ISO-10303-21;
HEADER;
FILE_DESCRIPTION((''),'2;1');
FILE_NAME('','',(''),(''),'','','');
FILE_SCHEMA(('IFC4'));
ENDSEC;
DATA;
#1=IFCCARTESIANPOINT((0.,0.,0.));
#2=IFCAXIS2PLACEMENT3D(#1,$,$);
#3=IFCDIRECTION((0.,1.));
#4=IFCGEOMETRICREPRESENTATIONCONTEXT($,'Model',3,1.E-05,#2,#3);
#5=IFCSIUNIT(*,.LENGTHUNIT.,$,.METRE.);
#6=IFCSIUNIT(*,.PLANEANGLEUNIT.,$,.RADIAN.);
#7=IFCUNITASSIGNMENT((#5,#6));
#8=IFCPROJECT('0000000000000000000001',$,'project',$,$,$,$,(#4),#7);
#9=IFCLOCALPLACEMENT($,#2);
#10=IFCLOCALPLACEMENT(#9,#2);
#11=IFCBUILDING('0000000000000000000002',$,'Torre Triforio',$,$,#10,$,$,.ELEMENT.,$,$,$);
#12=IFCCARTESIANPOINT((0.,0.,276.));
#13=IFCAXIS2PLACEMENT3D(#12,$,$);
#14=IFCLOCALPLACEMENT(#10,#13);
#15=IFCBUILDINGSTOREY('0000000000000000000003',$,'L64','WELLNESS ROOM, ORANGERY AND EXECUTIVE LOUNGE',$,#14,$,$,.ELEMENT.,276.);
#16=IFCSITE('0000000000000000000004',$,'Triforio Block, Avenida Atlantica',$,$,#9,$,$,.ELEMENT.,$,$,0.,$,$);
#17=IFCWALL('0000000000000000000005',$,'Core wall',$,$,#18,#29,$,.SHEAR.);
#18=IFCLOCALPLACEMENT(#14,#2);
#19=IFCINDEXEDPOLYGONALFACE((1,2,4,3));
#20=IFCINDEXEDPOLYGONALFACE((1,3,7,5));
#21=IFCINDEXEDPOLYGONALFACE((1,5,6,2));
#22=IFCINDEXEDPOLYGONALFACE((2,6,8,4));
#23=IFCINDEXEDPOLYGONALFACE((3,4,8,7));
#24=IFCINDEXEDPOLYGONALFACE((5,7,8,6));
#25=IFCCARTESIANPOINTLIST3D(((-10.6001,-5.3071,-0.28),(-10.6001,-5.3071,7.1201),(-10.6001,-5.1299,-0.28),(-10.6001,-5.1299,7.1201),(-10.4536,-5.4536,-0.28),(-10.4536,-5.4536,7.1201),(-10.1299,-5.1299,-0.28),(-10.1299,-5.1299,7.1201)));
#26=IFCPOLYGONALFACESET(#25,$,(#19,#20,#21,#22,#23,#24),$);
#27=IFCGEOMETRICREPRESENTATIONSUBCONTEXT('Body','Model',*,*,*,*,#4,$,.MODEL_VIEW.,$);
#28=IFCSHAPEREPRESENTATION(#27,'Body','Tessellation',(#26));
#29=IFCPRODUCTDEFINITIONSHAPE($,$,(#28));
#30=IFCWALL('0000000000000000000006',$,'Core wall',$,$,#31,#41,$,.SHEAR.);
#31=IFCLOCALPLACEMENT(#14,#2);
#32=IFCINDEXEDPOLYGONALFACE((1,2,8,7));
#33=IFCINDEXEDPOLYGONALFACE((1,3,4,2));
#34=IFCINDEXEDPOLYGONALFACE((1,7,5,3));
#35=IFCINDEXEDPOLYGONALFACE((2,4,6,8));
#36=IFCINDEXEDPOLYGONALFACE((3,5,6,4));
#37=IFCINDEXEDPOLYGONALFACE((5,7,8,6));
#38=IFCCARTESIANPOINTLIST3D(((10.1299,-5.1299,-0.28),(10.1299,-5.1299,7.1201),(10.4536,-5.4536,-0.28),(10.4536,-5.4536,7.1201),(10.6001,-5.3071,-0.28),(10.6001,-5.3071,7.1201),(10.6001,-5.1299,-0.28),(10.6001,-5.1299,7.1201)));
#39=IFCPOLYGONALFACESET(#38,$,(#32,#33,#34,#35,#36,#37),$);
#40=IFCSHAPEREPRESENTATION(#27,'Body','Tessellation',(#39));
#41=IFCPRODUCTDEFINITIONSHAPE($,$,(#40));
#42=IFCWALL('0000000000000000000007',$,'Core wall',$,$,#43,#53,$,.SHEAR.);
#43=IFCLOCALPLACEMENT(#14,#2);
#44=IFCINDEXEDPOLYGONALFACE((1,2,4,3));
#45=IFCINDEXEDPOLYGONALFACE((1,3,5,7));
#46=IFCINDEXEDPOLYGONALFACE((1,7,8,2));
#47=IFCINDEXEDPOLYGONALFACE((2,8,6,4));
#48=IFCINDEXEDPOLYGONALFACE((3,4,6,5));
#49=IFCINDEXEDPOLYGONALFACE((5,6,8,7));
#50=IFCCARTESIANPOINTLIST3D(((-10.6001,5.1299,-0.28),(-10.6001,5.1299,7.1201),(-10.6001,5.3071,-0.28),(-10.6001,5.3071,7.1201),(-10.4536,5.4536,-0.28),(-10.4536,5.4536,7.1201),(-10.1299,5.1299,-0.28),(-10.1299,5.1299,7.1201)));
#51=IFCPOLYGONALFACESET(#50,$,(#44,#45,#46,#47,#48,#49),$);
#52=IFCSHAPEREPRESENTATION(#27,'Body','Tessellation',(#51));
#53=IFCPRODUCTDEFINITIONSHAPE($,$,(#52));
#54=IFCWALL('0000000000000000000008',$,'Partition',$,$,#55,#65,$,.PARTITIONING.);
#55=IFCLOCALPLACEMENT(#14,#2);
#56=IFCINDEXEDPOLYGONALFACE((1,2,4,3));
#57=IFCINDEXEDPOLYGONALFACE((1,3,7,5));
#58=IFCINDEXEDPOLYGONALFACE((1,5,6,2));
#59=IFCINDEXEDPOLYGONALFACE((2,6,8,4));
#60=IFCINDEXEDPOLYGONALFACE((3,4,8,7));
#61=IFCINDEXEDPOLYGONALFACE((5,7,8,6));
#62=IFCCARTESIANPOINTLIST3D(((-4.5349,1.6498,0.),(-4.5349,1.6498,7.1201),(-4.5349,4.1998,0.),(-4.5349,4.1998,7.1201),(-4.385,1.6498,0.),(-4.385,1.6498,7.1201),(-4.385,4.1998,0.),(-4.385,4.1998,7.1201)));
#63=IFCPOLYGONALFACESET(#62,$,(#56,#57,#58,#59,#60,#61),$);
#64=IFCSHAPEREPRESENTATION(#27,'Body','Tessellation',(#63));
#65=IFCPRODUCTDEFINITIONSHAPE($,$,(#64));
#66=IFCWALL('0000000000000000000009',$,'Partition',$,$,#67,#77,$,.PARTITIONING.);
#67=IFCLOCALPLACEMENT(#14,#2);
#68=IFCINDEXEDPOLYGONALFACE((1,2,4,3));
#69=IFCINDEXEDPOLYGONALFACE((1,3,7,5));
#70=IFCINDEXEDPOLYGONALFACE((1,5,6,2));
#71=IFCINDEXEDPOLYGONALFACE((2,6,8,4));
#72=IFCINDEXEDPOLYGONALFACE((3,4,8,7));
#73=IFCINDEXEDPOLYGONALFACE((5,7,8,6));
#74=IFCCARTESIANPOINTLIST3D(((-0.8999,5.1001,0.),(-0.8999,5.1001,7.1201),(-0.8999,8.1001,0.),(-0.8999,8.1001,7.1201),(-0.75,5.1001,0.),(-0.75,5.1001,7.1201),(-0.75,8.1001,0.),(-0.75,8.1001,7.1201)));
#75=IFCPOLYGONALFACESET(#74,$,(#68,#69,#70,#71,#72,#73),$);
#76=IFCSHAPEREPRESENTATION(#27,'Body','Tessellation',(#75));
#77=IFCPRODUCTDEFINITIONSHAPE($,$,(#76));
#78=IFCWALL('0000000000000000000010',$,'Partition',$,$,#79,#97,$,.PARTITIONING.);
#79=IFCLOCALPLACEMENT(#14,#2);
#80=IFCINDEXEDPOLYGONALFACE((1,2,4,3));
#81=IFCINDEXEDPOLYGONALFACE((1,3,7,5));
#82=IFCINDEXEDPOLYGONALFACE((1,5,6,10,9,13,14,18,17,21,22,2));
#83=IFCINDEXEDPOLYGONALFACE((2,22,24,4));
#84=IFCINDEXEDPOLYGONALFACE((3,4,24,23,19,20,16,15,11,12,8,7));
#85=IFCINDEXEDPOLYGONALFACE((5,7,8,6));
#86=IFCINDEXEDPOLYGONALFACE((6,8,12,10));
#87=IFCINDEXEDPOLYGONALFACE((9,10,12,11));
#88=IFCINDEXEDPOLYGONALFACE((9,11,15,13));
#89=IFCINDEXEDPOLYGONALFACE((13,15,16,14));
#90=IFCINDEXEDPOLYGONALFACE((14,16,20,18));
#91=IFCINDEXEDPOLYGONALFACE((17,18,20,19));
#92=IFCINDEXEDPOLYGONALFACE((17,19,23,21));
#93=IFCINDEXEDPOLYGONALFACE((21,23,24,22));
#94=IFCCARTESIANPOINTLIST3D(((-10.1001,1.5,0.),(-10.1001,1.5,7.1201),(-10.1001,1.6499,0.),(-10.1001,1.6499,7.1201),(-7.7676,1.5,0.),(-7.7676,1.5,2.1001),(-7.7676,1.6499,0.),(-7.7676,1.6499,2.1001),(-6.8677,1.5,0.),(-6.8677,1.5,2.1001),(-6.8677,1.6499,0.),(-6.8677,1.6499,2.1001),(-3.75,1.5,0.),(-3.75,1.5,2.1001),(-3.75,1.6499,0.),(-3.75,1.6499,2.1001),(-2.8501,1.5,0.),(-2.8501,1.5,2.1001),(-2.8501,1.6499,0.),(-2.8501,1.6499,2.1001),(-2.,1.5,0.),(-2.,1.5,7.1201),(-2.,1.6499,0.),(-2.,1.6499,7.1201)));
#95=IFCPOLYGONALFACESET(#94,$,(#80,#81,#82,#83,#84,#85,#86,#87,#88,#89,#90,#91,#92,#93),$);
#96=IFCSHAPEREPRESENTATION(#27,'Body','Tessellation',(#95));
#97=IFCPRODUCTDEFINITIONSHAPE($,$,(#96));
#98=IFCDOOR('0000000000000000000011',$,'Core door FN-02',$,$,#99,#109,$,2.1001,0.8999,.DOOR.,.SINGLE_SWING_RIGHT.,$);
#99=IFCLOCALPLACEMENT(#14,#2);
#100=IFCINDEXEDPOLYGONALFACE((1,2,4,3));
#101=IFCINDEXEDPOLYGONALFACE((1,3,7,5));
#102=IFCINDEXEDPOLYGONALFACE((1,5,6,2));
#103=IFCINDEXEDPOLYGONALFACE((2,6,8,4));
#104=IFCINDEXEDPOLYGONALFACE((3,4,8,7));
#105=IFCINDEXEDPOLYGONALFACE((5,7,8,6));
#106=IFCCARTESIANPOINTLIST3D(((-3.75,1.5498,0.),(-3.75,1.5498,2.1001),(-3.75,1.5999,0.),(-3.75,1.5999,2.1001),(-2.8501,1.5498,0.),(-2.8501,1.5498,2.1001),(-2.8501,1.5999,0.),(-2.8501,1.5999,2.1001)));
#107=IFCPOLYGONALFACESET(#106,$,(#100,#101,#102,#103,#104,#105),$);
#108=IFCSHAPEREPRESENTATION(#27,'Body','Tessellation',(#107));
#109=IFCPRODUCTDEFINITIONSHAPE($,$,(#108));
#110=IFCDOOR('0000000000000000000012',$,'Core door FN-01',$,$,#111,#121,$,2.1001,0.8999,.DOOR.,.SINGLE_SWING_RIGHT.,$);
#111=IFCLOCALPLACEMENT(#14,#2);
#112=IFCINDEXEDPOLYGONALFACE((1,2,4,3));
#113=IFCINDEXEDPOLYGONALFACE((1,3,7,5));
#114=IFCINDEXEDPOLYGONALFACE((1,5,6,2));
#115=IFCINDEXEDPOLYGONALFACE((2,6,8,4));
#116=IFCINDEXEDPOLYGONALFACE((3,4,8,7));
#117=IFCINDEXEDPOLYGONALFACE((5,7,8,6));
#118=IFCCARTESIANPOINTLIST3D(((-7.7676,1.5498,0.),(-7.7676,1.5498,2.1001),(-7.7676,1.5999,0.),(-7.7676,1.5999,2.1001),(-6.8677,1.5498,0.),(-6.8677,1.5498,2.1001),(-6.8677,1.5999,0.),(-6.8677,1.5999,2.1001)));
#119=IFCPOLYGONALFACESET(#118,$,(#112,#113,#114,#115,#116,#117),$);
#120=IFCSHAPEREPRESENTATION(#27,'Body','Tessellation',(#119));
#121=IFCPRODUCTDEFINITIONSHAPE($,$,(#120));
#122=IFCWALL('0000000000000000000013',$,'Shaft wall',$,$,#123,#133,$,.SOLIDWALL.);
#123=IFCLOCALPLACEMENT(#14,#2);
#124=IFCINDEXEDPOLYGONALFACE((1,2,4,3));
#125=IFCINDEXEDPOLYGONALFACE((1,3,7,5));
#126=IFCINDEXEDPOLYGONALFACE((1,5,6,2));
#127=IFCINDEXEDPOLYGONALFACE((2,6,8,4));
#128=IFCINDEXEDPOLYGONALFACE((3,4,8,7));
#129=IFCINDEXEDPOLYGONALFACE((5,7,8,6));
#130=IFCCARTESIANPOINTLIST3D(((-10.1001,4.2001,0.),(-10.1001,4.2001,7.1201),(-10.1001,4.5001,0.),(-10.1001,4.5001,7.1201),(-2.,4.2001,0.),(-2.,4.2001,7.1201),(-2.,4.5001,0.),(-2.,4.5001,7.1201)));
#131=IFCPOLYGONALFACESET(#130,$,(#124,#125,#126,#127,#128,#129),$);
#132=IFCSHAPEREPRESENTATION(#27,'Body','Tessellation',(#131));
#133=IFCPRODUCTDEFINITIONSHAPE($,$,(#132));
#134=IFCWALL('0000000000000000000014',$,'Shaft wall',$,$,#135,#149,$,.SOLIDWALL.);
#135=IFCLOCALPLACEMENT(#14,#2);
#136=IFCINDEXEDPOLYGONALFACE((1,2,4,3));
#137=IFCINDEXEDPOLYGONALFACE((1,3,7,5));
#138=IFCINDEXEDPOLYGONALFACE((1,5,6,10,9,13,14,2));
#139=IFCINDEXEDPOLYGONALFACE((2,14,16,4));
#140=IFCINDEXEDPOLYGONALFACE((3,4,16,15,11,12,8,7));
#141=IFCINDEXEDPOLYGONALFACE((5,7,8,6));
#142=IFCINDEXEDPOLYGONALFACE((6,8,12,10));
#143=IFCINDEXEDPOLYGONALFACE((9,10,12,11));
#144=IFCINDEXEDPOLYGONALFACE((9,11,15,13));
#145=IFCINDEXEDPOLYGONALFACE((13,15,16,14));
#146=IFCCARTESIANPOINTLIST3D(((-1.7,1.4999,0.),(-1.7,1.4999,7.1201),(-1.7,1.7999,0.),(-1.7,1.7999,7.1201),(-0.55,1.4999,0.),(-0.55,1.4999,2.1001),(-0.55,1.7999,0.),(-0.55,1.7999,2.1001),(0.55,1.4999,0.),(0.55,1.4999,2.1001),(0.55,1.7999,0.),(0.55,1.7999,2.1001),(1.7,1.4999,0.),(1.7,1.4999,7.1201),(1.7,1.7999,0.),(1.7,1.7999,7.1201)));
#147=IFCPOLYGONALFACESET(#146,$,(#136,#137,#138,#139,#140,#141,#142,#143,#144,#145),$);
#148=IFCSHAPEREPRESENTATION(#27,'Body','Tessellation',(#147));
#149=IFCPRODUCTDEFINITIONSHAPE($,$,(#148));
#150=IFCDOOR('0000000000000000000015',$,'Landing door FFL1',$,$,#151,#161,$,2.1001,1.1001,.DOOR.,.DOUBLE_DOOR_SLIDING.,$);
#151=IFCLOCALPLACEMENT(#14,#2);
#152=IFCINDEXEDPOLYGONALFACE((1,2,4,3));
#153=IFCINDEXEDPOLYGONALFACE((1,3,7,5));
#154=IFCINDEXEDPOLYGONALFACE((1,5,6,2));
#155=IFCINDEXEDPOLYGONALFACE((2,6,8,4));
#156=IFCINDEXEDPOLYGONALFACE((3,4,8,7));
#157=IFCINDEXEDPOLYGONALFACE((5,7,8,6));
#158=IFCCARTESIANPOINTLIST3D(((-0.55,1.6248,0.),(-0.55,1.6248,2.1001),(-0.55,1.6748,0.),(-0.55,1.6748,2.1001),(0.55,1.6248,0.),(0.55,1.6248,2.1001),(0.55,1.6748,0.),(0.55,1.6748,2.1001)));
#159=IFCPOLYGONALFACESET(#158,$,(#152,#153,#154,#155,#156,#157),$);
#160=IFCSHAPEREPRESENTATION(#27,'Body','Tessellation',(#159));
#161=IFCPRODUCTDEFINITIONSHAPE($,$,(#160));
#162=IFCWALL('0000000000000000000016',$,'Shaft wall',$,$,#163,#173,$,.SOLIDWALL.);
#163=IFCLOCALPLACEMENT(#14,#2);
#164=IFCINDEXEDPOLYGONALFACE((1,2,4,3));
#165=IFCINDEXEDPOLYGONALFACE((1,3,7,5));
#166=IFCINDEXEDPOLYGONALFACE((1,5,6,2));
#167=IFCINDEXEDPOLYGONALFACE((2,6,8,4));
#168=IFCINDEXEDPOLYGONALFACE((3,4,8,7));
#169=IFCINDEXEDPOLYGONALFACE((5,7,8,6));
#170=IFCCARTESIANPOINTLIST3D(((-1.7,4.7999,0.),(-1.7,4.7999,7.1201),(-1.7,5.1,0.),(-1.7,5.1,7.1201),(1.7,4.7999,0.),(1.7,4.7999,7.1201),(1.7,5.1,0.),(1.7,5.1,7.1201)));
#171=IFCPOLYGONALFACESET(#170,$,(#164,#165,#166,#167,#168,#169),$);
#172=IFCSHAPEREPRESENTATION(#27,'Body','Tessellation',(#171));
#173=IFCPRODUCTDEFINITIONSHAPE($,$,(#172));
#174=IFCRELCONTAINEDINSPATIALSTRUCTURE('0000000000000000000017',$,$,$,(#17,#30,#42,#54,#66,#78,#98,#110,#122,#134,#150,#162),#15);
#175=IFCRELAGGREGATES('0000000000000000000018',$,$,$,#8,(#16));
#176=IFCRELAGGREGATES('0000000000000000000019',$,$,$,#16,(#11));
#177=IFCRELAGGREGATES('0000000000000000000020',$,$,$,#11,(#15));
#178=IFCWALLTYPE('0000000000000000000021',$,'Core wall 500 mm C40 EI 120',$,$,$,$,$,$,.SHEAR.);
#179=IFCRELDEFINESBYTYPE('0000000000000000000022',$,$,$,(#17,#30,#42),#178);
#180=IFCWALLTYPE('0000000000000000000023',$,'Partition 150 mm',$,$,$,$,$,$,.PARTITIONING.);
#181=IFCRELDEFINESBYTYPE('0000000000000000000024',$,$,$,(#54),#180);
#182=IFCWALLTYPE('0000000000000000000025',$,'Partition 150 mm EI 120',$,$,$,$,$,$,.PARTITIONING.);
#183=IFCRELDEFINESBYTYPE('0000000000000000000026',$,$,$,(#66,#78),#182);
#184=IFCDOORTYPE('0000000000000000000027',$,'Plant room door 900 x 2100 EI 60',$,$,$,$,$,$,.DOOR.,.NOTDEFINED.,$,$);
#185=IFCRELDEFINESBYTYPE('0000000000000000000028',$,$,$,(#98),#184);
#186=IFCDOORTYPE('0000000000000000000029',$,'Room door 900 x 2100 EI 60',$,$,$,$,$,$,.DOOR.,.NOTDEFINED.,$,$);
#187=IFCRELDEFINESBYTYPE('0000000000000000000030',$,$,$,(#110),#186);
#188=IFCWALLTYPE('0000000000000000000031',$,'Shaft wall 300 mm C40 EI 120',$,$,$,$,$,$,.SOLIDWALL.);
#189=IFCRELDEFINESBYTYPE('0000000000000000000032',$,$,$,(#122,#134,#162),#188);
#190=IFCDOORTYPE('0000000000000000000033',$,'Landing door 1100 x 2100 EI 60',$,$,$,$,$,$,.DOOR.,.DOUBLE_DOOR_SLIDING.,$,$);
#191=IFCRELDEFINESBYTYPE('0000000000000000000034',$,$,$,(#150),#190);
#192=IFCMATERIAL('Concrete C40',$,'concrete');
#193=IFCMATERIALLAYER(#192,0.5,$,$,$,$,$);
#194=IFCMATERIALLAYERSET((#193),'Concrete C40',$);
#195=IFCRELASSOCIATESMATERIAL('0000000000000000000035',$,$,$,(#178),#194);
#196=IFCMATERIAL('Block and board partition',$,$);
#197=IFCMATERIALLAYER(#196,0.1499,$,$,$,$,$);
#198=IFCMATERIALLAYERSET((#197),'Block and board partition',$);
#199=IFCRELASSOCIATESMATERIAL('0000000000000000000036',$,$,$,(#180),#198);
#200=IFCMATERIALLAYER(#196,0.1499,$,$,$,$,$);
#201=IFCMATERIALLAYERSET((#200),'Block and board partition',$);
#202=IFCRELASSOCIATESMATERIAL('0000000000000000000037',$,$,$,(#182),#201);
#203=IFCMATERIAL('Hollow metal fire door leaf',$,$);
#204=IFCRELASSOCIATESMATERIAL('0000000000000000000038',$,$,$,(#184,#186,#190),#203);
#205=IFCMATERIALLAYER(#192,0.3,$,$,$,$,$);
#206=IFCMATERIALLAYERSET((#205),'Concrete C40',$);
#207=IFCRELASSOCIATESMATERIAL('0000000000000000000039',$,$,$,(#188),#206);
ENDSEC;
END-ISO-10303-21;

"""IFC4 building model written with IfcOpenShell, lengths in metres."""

from ifc_helpers import new_model, si_unit, direction, frame, frame_2d, origin, place, context, subcontext, project, spatial, polyline, rectangle, outline, extrude, material, layer, layer_set, type_object, element, fill, save


model = new_model("IFC4")

# Units and contexts
model_context = context("Model", 3, precision=1e-05, world=origin(), true_north=direction((0.0, 1.0)))
body_context = subcontext(model_context, "Body", "Model", "MODEL_VIEW")
ifc_project = project(units=[si_unit("LENGTHUNIT", "METRE"), si_unit("PLANEANGLEUNIT", "RADIAN")], contexts=[model_context])

# Site, building, storey
site_placement = place(None, origin())
site = spatial("IfcSite", under=ifc_project, at=site_placement, Name="Triforio Block, Avenida Atlantica", CompositionType="ELEMENT", RefElevation=0.0)
building_placement = place(site_placement, origin())
building = spatial("IfcBuilding", under=site, at=building_placement, Name="Torre Triforio", CompositionType="ELEMENT")
storey_placement = place(building_placement, frame((0.0, 0.0, 276.0)))
storey = spatial("IfcBuildingStorey", under=building, at=storey_placement, Name="L64", Description="WELLNESS ROOM, ORANGERY AND EXECUTIVE LOUNGE", CompositionType="ELEMENT", Elevation=276.0)

# Shared definitions
ifc_material_1 = material(Name="Concrete C40", Category="concrete")

# Walls
ifc_layer_1 = layer(ifc_material_1, 0.5)
ifc_layer_set_1 = layer_set([ifc_layer_1], Name="Concrete C40")
wall_type_1 = type_object("IfcWallType", Name="Core wall 500 mm C40 EI 120", PredefinedType="SHEAR", material=ifc_layer_set_1)
wall_1_placement = place(storey_placement, frame((0.0, 0.0, -0.28)))
element("IfcWall", 1, at=wall_1_placement, inside=storey, type_object=wall_type_1, Name="Core wall", PredefinedType="SHEAR", context=body_context, shape_type="SweptSolid", body=[
    extrude(outline(polyline([(-10.6001, -5.3071), (-10.6001, -5.1299), (-10.1299, -5.1299), (-10.4536, -5.4536), (-10.6001, -5.3071)])), origin(), (0.0, 0.0, 1.0), 7.4001),
])
wall_2_placement = place(storey_placement, frame((0.0, 0.0, -0.28)))
element("IfcWall", 2, at=wall_2_placement, inside=storey, type_object=wall_type_1, Name="Core wall", PredefinedType="SHEAR", context=body_context, shape_type="SweptSolid", body=[
    extrude(outline(polyline([(10.6001, -5.3071), (10.4536, -5.4536), (10.1299, -5.1299), (10.6001, -5.1299), (10.6001, -5.3071)])), origin(), (0.0, 0.0, 1.0), 7.4001),
])
wall_3_placement = place(storey_placement, frame((0.0, 0.0, -0.28)))
element("IfcWall", 3, at=wall_3_placement, inside=storey, type_object=wall_type_1, Name="Core wall", PredefinedType="SHEAR", context=body_context, shape_type="SweptSolid", body=[
    extrude(outline(polyline([(-10.4536, 5.4536), (-10.1299, 5.1299), (-10.6001, 5.1299), (-10.6001, 5.3071), (-10.4536, 5.4536)])), origin(), (0.0, 0.0, 1.0), 7.4001),
])
ifc_material_2 = material(Name="Block and board partition")
ifc_layer_2 = layer(ifc_material_2, 0.1499)
ifc_layer_set_2 = layer_set([ifc_layer_2], Name="Block and board partition")
wall_type_2 = type_object("IfcWallType", Name="Partition 150 mm", PredefinedType="PARTITIONING", material=ifc_layer_set_2)
wall_4_placement = place(storey_placement, frame((-4.46, 1.6499, 0.0), z_axis=(0.0, 0.0, 1.0), x_axis=(0.0, 1.0, 0.0)))
element("IfcWall", 4, at=wall_4_placement, inside=storey, type_object=wall_type_2, Name="Partition", PredefinedType="PARTITIONING", context=body_context, shape_type="SweptSolid", body=[
    extrude(rectangle(XDim=2.55, YDim=0.1499, at=frame_2d((1.2749, 0.0))), origin(), (0.0, 0.0, 1.0), 7.1201),
])
ifc_layer_3 = layer(ifc_material_2, 0.1499)
ifc_layer_set_3 = layer_set([ifc_layer_3], Name="Block and board partition")
wall_type_3 = type_object("IfcWallType", Name="Partition 150 mm EI 120", PredefinedType="PARTITIONING", material=ifc_layer_set_3)
wall_5_placement = place(storey_placement, frame((-0.825, 5.1001, 0.0), z_axis=(0.0, 0.0, 1.0), x_axis=(0.0, 1.0, 0.0)))
element("IfcWall", 5, at=wall_5_placement, inside=storey, type_object=wall_type_3, Name="Partition", PredefinedType="PARTITIONING", context=body_context, shape_type="SweptSolid", body=[
    extrude(rectangle(XDim=3.0, YDim=0.1499, at=frame_2d((1.5, 0.0))), origin(), (0.0, 0.0, 1.0), 7.1201),
])

# Wall, openings, doors
wall_6_placement = place(storey_placement, frame((-10.1001, 1.575, 0.0), z_axis=(0.0, 0.0, 1.0), x_axis=(1.0, 0.0, 0.0)))
wall_6 = element("IfcWall", 6, at=wall_6_placement, inside=storey, type_object=wall_type_3, Name="Partition", PredefinedType="PARTITIONING", context=body_context, shape_type="SweptSolid", body=[
    extrude(rectangle(XDim=8.1001, YDim=0.1499, at=frame_2d((4.05, 0.0))), origin(), (0.0, 0.0, 1.0), 7.1201),
])
opening_1_placement = place(wall_6_placement, frame((2.3325, 0.0, 0.0)))
opening_1 = element("IfcOpeningElement", 7, at=opening_1_placement, cuts=wall_6, PredefinedType="OPENING", context=body_context, shape_type="SweptSolid", body=[
    extrude(rectangle(XDim=0.8999, YDim=2.1001, at=frame_2d((0.45, 1.05))), frame((0.0, 0.085, 0.0), z_axis=(0.0, -1.0, 0.0), x_axis=(1.0, 0.0, 0.0)), (0.0, 0.0, 1.0), 0.1699),
])
opening_2_placement = place(wall_6_placement, frame((6.3501, 0.0, 0.0)))
opening_2 = element("IfcOpeningElement", 8, at=opening_2_placement, cuts=wall_6, PredefinedType="OPENING", context=body_context, shape_type="SweptSolid", body=[
    extrude(rectangle(XDim=0.8999, YDim=2.1001, at=frame_2d((0.45, 1.05))), frame((0.0, 0.085, 0.0), z_axis=(0.0, -1.0, 0.0), x_axis=(1.0, 0.0, 0.0)), (0.0, 0.0, 1.0), 0.1699),
])
ifc_material_3 = material(Name="Hollow metal fire door leaf")
door_type_1 = type_object("IfcDoorType", Name="Plant room door 900 x 2100 EI 60", OperationType="NOTDEFINED", PredefinedType="DOOR", material=ifc_material_3)
door_1_placement = place(opening_2_placement, origin())
door_1 = element("IfcDoor", 9, at=door_1_placement, inside=storey, type_object=door_type_1, Name="Core door FN-02", OperationType="SINGLE_SWING_RIGHT", OverallHeight=2.1001, OverallWidth=0.8999, PredefinedType="DOOR", context=body_context, shape_type="SweptSolid", body=[
    extrude(rectangle(XDim=0.8999, YDim=2.1001, at=frame_2d((0.45, 1.05))), frame((0.0, 0.0249, 0.0), z_axis=(0.0, -1.0, 0.0), x_axis=(1.0, 0.0, 0.0)), (0.0, 0.0, 1.0), 0.05),
])
fill(opening_2, door_1)
door_type_2 = type_object("IfcDoorType", Name="Room door 900 x 2100 EI 60", OperationType="NOTDEFINED", PredefinedType="DOOR", material=ifc_material_3)
door_2_placement = place(opening_1_placement, origin())
door_2 = element("IfcDoor", 10, at=door_2_placement, inside=storey, type_object=door_type_2, Name="Core door FN-01", OperationType="SINGLE_SWING_RIGHT", OverallHeight=2.1001, OverallWidth=0.8999, PredefinedType="DOOR", context=body_context, shape_type="SweptSolid", body=[
    extrude(rectangle(XDim=0.8999, YDim=2.1001, at=frame_2d((0.45, 1.05))), frame((0.0, 0.0249, 0.0), z_axis=(0.0, -1.0, 0.0), x_axis=(1.0, 0.0, 0.0)), (0.0, 0.0, 1.0), 0.05),
])
fill(opening_1, door_2)

# Wall
ifc_layer_4 = layer(ifc_material_1, 0.3)
ifc_layer_set_4 = layer_set([ifc_layer_4], Name="Concrete C40")
wall_type_4 = type_object("IfcWallType", Name="Shaft wall 300 mm C40 EI 120", PredefinedType="SOLIDWALL", material=ifc_layer_set_4)
wall_7_placement = place(storey_placement, frame((-10.1001, 4.3501, 0.0), z_axis=(0.0, 0.0, 1.0), x_axis=(1.0, 0.0, 0.0)))
element("IfcWall", 11, at=wall_7_placement, inside=storey, type_object=wall_type_4, Name="Shaft wall", PredefinedType="SOLIDWALL", context=body_context, shape_type="SweptSolid", body=[
    extrude(rectangle(XDim=8.1001, YDim=0.3, at=frame_2d((4.05, 0.0))), origin(), (0.0, 0.0, 1.0), 7.1201),
])

# Wall, opening, door
wall_8_placement = place(storey_placement, frame((-1.7, 1.6499, 0.0), z_axis=(0.0, 0.0, 1.0), x_axis=(1.0, 0.0, 0.0)))
wall_8 = element("IfcWall", 12, at=wall_8_placement, inside=storey, type_object=wall_type_4, Name="Shaft wall", PredefinedType="SOLIDWALL", context=body_context, shape_type="SweptSolid", body=[
    extrude(rectangle(XDim=3.3999, YDim=0.3, at=frame_2d((1.7, 0.0))), origin(), (0.0, 0.0, 1.0), 7.1201),
])
opening_3_placement = place(wall_8_placement, frame((1.1499, 0.0, 0.0)))
opening_3 = element("IfcOpeningElement", 13, at=opening_3_placement, cuts=wall_8, PredefinedType="OPENING", context=body_context, shape_type="SweptSolid", body=[
    extrude(rectangle(XDim=1.1001, YDim=2.1001, at=frame_2d((0.55, 1.05))), frame((0.0, 0.1599, 0.0), z_axis=(0.0, -1.0, 0.0), x_axis=(1.0, 0.0, 0.0)), (0.0, 0.0, 1.0), 0.3201),
])
door_type_3 = type_object("IfcDoorType", Name="Landing door 1100 x 2100 EI 60", OperationType="DOUBLE_DOOR_SLIDING", PredefinedType="DOOR", material=ifc_material_3)
door_3_placement = place(opening_3_placement, origin())
door_3 = element("IfcDoor", 14, at=door_3_placement, inside=storey, type_object=door_type_3, Name="Landing door FFL1", OperationType="DOUBLE_DOOR_SLIDING", OverallHeight=2.1001, OverallWidth=1.1001, PredefinedType="DOOR", context=body_context, shape_type="SweptSolid", body=[
    extrude(rectangle(XDim=1.1001, YDim=2.1001, at=frame_2d((0.55, 1.05))), frame((0.0, 0.0249, 0.0), z_axis=(0.0, -1.0, 0.0), x_axis=(1.0, 0.0, 0.0)), (0.0, 0.0, 1.0), 0.05),
])
fill(opening_3, door_3)

# Wall
wall_9_placement = place(storey_placement, frame((-1.7, 4.95, 0.0), z_axis=(0.0, 0.0, 1.0), x_axis=(1.0, 0.0, 0.0)))
element("IfcWall", 15, at=wall_9_placement, inside=storey, type_object=wall_type_4, Name="Shaft wall", PredefinedType="SOLIDWALL", context=body_context, shape_type="SweptSolid", body=[
    extrude(rectangle(XDim=3.3999, YDim=0.3, at=frame_2d((1.7, 0.0))), origin(), (0.0, 0.0, 1.0), 7.1201),
])

save(model, "model.ifc")
